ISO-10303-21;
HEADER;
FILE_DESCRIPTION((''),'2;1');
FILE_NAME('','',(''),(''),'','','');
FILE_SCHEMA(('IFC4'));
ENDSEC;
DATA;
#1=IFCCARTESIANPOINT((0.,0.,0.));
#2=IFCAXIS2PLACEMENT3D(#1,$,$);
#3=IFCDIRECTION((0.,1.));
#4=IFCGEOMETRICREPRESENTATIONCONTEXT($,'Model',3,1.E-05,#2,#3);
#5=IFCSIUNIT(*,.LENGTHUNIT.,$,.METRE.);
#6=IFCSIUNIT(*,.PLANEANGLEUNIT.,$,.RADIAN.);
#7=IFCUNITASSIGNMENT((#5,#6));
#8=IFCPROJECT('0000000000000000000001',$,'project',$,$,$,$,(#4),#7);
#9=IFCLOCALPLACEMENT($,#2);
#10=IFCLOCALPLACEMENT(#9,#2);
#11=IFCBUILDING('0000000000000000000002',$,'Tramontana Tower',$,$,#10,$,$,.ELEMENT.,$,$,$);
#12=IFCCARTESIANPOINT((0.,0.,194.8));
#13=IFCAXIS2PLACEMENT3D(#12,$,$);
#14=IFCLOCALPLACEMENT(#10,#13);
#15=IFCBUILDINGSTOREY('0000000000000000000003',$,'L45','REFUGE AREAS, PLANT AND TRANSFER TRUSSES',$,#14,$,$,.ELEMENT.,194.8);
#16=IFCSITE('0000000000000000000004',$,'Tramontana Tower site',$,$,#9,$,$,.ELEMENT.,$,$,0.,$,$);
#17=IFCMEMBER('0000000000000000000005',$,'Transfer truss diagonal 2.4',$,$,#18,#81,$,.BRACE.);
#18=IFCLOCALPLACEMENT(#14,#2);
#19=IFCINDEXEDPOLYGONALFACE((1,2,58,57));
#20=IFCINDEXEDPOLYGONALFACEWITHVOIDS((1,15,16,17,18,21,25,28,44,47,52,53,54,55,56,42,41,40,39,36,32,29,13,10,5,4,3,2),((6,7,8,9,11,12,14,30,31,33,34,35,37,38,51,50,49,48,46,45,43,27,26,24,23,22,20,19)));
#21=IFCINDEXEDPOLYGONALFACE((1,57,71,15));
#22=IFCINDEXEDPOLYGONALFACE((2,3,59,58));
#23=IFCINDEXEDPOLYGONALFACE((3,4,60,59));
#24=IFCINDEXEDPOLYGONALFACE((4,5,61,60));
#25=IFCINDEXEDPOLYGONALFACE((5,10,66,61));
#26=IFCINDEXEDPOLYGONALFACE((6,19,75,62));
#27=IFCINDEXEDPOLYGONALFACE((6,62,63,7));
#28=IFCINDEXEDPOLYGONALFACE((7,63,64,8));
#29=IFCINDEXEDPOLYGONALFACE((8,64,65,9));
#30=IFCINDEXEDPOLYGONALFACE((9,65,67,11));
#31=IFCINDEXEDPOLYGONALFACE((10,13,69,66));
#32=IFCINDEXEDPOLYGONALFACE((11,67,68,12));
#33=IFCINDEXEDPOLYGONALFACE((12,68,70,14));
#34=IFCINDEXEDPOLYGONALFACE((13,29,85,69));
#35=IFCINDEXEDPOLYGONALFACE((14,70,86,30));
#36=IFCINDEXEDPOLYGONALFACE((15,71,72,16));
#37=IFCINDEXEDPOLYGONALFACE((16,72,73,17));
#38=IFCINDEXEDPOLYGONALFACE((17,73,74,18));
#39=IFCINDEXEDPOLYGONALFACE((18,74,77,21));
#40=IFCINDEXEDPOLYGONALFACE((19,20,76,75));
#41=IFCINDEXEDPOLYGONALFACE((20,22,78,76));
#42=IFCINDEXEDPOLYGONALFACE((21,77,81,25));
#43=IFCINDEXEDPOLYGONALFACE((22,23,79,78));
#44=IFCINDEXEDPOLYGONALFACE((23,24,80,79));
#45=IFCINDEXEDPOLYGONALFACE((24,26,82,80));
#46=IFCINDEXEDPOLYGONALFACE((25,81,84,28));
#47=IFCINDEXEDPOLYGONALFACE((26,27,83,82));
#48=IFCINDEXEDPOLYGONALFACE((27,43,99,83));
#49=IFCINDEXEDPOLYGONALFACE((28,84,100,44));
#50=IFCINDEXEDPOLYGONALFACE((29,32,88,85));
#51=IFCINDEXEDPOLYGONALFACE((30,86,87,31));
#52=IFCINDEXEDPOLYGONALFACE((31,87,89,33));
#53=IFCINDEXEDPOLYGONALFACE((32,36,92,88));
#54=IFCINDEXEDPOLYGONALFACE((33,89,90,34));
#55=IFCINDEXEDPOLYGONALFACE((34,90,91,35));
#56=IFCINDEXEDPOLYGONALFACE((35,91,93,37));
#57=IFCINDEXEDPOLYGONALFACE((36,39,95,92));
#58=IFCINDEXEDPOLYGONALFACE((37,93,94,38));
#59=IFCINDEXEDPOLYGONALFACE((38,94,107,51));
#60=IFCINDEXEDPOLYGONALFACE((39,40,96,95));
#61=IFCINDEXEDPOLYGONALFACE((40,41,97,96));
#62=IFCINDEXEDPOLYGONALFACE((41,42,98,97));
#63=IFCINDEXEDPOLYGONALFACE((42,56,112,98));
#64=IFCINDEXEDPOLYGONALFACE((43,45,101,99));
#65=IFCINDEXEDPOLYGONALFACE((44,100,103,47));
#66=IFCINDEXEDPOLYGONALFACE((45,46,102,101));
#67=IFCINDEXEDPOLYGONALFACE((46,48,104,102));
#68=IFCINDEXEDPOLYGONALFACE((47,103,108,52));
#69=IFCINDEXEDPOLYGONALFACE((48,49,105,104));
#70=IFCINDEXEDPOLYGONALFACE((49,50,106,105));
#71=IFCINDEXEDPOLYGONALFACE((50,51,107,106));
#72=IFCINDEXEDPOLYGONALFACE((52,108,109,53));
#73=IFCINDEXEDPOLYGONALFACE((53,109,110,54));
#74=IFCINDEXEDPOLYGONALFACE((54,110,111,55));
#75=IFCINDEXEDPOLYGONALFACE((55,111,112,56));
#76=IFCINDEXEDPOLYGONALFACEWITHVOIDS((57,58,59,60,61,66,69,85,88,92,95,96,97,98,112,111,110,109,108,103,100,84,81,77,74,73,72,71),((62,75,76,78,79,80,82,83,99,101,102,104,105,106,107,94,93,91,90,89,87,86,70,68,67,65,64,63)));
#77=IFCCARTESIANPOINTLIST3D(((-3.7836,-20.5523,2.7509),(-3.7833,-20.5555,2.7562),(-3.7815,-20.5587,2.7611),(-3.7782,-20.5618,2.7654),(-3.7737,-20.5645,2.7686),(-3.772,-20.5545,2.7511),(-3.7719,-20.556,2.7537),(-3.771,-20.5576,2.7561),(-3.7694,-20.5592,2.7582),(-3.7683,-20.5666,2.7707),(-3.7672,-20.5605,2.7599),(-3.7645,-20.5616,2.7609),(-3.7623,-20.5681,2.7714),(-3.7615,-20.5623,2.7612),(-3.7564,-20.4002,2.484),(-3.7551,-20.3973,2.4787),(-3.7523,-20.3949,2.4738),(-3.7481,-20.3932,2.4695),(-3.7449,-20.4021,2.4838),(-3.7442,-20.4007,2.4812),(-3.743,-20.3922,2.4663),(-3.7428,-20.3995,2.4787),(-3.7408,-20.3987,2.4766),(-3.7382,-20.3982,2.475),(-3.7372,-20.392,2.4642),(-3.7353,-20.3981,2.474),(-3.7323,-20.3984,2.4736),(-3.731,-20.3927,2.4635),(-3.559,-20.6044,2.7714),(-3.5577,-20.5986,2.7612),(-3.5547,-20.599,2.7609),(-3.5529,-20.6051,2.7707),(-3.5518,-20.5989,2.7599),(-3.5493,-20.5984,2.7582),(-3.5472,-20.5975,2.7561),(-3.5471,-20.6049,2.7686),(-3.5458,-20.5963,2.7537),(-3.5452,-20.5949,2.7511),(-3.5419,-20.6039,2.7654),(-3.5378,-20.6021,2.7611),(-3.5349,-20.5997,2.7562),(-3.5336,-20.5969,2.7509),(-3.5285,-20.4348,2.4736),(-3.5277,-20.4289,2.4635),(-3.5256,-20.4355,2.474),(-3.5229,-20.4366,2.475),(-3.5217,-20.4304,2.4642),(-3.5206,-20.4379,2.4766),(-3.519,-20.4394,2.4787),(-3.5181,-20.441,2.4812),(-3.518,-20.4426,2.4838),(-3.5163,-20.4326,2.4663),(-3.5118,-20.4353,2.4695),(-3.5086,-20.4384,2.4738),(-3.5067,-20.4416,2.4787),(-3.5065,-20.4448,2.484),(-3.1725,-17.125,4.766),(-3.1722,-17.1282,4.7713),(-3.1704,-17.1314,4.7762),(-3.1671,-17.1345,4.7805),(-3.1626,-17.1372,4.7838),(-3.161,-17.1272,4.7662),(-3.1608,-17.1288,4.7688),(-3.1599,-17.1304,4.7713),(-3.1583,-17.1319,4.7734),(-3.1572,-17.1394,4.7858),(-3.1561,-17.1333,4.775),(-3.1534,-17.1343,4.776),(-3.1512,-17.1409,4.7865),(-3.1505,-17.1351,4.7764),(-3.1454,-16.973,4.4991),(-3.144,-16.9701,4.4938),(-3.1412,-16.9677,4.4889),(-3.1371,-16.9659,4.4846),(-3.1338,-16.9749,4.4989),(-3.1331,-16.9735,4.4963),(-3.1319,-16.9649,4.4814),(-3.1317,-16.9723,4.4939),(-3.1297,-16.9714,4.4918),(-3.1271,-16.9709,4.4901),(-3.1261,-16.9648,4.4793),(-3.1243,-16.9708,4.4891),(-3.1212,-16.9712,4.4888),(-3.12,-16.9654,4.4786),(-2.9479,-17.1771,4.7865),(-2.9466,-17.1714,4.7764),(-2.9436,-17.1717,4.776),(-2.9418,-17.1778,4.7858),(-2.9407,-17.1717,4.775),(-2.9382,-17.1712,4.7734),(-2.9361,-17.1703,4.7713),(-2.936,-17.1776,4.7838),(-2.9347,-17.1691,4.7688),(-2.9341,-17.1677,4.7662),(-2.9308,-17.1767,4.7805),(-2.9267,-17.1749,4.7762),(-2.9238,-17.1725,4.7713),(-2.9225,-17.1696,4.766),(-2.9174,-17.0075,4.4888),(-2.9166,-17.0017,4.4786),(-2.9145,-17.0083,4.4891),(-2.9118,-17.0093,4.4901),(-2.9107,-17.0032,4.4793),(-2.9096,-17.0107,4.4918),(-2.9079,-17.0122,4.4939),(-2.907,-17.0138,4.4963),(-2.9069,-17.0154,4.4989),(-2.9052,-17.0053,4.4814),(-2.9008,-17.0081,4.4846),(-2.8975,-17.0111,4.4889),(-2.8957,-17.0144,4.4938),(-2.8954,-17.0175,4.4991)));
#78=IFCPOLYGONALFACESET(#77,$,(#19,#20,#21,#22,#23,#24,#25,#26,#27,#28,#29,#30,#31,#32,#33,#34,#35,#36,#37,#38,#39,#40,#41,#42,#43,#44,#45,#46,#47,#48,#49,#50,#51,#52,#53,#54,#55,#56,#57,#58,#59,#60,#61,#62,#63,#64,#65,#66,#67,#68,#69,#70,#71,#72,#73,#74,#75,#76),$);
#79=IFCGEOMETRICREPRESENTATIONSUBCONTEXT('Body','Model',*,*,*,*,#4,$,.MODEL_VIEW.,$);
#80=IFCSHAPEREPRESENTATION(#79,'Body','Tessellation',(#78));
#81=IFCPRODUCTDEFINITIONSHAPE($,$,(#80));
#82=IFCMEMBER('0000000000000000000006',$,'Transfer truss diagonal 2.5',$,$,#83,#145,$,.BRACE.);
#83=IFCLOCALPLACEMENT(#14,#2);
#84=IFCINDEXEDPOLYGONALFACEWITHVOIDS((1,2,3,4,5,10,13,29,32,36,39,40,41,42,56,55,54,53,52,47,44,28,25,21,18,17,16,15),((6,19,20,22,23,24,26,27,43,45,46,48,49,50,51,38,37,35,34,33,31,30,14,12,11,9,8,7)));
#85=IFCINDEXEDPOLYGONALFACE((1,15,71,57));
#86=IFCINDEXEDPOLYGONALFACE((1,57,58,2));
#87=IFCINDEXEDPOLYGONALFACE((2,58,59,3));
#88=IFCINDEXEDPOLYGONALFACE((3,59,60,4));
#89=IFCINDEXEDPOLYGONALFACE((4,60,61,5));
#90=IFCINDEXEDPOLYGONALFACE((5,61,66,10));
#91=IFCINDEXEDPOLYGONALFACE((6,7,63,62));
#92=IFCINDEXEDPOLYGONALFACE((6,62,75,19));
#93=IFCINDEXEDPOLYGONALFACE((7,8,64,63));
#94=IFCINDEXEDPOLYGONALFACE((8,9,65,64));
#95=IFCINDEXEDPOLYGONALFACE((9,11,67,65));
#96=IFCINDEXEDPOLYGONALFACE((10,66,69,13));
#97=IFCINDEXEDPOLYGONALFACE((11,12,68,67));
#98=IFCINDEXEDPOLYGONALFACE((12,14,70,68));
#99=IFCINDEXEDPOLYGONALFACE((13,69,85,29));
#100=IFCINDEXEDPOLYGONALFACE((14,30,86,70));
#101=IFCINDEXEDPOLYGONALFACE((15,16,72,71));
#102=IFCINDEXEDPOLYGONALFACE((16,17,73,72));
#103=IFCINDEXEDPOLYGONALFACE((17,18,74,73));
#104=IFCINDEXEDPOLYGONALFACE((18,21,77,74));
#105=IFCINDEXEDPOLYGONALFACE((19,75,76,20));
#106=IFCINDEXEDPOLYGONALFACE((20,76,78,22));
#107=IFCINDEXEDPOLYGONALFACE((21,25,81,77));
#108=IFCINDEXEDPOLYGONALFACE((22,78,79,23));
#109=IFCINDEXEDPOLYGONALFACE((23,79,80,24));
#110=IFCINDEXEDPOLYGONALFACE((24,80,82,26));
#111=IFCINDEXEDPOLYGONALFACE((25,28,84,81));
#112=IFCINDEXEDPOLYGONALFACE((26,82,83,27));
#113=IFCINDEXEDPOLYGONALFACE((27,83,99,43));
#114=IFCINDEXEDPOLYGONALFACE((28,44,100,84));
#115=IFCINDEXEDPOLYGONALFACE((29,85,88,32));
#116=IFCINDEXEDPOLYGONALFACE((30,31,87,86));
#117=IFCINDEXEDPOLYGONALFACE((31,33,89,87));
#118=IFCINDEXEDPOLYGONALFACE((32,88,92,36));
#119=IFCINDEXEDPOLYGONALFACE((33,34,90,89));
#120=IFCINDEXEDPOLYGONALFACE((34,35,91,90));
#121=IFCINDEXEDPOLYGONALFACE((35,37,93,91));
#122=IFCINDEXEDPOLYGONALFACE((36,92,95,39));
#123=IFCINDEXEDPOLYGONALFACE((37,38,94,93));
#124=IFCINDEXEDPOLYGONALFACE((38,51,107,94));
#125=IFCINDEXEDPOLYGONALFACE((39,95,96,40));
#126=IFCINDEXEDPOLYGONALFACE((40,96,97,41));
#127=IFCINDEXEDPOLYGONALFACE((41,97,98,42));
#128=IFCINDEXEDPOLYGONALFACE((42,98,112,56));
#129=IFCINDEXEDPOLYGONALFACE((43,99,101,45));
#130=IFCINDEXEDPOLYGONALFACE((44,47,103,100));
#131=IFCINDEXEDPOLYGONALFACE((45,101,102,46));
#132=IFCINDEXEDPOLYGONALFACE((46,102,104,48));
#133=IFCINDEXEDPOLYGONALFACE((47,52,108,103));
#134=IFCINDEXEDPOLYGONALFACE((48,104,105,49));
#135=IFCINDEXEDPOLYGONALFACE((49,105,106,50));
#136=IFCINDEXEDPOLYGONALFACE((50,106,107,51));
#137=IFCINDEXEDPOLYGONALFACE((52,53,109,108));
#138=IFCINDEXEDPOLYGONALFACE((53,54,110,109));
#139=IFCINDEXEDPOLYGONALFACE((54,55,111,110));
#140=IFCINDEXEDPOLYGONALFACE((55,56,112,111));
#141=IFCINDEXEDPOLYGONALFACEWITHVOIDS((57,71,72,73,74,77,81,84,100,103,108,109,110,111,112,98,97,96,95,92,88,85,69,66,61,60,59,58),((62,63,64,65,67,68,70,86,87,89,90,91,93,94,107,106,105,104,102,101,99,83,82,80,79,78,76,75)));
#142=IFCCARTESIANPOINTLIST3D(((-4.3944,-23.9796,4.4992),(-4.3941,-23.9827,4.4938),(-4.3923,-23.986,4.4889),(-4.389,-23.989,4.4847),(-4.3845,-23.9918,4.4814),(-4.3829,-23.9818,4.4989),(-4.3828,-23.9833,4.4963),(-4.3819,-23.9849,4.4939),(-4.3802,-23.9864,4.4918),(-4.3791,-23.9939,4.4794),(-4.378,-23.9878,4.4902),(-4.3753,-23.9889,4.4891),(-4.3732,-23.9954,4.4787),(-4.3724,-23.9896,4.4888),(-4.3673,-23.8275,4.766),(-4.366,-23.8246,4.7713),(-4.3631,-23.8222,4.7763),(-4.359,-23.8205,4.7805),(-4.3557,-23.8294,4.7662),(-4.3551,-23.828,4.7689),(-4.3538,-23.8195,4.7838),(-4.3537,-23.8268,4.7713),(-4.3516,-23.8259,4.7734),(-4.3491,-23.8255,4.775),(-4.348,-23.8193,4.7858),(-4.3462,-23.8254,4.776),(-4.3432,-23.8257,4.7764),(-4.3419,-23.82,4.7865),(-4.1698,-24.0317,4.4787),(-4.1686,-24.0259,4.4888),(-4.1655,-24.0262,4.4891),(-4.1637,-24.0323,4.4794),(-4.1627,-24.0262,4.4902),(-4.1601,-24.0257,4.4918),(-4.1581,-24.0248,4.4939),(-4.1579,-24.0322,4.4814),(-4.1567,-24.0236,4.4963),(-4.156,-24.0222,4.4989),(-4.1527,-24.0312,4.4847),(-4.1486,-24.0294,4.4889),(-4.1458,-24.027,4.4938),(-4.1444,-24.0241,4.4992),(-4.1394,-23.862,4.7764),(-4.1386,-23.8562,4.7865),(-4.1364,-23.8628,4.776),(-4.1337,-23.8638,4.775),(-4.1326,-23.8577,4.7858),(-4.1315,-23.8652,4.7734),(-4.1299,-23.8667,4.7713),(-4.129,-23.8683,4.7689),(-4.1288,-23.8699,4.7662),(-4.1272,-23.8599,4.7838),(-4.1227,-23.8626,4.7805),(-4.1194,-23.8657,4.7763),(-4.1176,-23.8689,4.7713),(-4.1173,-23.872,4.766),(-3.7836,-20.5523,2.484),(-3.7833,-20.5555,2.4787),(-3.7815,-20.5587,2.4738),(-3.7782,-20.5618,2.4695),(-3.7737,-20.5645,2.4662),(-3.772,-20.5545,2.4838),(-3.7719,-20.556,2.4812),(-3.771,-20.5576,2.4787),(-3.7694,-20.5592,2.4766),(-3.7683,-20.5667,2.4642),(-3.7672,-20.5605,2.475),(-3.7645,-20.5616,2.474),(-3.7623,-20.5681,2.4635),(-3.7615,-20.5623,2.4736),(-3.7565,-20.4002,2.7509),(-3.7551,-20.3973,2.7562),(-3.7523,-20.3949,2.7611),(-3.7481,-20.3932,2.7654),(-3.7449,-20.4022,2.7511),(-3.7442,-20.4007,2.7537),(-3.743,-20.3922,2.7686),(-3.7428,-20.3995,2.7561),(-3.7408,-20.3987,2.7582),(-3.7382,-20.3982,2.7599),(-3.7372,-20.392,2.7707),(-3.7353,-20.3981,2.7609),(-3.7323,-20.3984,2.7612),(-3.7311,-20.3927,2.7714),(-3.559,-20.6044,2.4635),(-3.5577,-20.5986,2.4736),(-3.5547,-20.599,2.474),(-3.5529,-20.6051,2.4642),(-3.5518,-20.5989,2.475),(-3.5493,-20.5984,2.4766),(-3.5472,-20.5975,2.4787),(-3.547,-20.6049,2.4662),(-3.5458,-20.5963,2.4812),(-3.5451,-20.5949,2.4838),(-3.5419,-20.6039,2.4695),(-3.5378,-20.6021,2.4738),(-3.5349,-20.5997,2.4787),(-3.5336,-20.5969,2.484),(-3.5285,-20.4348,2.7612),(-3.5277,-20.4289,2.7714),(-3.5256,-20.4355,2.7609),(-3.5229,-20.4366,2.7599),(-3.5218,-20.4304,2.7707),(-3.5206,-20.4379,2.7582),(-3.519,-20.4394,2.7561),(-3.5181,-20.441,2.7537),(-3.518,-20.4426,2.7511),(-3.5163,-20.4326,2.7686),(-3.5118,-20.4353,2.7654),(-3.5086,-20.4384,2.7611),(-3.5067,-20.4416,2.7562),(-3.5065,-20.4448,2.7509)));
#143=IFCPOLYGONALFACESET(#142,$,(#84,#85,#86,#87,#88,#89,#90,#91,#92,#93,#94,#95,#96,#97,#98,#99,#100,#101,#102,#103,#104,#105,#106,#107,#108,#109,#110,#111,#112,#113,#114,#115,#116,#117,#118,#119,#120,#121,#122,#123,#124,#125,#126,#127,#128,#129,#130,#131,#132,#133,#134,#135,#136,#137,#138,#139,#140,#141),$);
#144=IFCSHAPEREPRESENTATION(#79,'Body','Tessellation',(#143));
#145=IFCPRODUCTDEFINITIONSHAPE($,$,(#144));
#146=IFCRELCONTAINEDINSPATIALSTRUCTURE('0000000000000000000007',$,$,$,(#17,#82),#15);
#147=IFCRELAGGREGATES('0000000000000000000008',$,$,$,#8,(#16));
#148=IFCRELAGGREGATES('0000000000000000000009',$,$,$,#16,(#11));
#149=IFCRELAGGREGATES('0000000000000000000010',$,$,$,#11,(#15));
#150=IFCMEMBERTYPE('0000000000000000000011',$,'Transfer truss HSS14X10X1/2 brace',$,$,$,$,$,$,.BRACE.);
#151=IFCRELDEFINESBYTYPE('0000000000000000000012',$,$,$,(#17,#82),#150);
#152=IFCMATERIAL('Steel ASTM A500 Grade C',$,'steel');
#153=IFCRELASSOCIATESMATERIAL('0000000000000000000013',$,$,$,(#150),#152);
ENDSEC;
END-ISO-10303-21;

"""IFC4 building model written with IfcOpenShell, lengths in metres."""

from ifc_helpers import new_model, si_unit, direction, frame, origin, origin_2d, place, context, subcontext, project, spatial, hollow_rectangle, extrude, material, material_profile, profile_set, type_object, element, save


model = new_model("IFC4")

# Units and contexts
model_context = context("Model", 3, precision=1e-05, world=origin(), true_north=direction((0.0, 1.0)))
body_context = subcontext(model_context, "Body", "Model", "MODEL_VIEW")
ifc_project = project(units=[si_unit("LENGTHUNIT", "METRE"), si_unit("PLANEANGLEUNIT", "RADIAN")], contexts=[model_context])

# Site, building, storey
site_placement = place(None, origin())
site = spatial("IfcSite", under=ifc_project, at=site_placement, Name="Tramontana Tower site", CompositionType="ELEMENT", RefElevation=0.0)
building_placement = place(site_placement, origin())
building = spatial("IfcBuilding", under=site, at=building_placement, Name="Tramontana Tower", CompositionType="ELEMENT")
storey_placement = place(building_placement, frame((0.0, 0.0, 194.8)))
storey = spatial("IfcBuildingStorey", under=building, at=storey_placement, Name="L45", Description="REFUGE AREAS, PLANT AND TRANSFER TRUSSES", CompositionType="ELEMENT", Elevation=194.8)

# Members
ifc_material_1 = material(Name="Steel ASTM A500 Grade C", Category="steel")
ifc_material_profile_1 = material_profile(ifc_material_1, hollow_rectangle(XDim=0.2539, YDim=0.3557, WallThickness=0.0117, InnerFilletRadius=0.0117, OuterFilletRadius=0.0237, at=origin_2d()), Name="HSS14X10X1/2")
ifc_profile_set_1 = profile_set([ifc_material_profile_1], Name="Steel ASTM A500 Grade C")
member_type_1 = type_object("IfcMemberType", Name="Transfer truss HSS14X10X1/2 brace", PredefinedType="BRACE", material=ifc_profile_set_1)
for number, where, z_axis, x_axis, name in (
    (1, (-3.0339, -17.0713, 4.6326), (-0.151918, -0.852027, -0.500971), (0.984473, -0.175533, 0.0), "Transfer truss diagonal 2.4"),
    (2, (-3.645, -20.4985, 2.6174), (-0.151859, -0.852034, 0.500975), (0.984486, -0.175465, 0.0), "Transfer truss diagonal 2.5"),
):
    element("IfcMember", number, at=place(storey_placement, frame(where, z_axis=z_axis, x_axis=x_axis)), inside=storey, type_object=member_type_1, Name=name, PredefinedType="BRACE", context=body_context, shape_type="SweptSolid", body=[
        extrude(hollow_rectangle(XDim=0.2539, YDim=0.3557, WallThickness=0.0117, InnerFilletRadius=0.0117, OuterFilletRadius=0.0237, at=origin_2d()), origin(), (0.0, 0.0, 1.0), 4.0225),
    ])

save(model, "model.ifc")
